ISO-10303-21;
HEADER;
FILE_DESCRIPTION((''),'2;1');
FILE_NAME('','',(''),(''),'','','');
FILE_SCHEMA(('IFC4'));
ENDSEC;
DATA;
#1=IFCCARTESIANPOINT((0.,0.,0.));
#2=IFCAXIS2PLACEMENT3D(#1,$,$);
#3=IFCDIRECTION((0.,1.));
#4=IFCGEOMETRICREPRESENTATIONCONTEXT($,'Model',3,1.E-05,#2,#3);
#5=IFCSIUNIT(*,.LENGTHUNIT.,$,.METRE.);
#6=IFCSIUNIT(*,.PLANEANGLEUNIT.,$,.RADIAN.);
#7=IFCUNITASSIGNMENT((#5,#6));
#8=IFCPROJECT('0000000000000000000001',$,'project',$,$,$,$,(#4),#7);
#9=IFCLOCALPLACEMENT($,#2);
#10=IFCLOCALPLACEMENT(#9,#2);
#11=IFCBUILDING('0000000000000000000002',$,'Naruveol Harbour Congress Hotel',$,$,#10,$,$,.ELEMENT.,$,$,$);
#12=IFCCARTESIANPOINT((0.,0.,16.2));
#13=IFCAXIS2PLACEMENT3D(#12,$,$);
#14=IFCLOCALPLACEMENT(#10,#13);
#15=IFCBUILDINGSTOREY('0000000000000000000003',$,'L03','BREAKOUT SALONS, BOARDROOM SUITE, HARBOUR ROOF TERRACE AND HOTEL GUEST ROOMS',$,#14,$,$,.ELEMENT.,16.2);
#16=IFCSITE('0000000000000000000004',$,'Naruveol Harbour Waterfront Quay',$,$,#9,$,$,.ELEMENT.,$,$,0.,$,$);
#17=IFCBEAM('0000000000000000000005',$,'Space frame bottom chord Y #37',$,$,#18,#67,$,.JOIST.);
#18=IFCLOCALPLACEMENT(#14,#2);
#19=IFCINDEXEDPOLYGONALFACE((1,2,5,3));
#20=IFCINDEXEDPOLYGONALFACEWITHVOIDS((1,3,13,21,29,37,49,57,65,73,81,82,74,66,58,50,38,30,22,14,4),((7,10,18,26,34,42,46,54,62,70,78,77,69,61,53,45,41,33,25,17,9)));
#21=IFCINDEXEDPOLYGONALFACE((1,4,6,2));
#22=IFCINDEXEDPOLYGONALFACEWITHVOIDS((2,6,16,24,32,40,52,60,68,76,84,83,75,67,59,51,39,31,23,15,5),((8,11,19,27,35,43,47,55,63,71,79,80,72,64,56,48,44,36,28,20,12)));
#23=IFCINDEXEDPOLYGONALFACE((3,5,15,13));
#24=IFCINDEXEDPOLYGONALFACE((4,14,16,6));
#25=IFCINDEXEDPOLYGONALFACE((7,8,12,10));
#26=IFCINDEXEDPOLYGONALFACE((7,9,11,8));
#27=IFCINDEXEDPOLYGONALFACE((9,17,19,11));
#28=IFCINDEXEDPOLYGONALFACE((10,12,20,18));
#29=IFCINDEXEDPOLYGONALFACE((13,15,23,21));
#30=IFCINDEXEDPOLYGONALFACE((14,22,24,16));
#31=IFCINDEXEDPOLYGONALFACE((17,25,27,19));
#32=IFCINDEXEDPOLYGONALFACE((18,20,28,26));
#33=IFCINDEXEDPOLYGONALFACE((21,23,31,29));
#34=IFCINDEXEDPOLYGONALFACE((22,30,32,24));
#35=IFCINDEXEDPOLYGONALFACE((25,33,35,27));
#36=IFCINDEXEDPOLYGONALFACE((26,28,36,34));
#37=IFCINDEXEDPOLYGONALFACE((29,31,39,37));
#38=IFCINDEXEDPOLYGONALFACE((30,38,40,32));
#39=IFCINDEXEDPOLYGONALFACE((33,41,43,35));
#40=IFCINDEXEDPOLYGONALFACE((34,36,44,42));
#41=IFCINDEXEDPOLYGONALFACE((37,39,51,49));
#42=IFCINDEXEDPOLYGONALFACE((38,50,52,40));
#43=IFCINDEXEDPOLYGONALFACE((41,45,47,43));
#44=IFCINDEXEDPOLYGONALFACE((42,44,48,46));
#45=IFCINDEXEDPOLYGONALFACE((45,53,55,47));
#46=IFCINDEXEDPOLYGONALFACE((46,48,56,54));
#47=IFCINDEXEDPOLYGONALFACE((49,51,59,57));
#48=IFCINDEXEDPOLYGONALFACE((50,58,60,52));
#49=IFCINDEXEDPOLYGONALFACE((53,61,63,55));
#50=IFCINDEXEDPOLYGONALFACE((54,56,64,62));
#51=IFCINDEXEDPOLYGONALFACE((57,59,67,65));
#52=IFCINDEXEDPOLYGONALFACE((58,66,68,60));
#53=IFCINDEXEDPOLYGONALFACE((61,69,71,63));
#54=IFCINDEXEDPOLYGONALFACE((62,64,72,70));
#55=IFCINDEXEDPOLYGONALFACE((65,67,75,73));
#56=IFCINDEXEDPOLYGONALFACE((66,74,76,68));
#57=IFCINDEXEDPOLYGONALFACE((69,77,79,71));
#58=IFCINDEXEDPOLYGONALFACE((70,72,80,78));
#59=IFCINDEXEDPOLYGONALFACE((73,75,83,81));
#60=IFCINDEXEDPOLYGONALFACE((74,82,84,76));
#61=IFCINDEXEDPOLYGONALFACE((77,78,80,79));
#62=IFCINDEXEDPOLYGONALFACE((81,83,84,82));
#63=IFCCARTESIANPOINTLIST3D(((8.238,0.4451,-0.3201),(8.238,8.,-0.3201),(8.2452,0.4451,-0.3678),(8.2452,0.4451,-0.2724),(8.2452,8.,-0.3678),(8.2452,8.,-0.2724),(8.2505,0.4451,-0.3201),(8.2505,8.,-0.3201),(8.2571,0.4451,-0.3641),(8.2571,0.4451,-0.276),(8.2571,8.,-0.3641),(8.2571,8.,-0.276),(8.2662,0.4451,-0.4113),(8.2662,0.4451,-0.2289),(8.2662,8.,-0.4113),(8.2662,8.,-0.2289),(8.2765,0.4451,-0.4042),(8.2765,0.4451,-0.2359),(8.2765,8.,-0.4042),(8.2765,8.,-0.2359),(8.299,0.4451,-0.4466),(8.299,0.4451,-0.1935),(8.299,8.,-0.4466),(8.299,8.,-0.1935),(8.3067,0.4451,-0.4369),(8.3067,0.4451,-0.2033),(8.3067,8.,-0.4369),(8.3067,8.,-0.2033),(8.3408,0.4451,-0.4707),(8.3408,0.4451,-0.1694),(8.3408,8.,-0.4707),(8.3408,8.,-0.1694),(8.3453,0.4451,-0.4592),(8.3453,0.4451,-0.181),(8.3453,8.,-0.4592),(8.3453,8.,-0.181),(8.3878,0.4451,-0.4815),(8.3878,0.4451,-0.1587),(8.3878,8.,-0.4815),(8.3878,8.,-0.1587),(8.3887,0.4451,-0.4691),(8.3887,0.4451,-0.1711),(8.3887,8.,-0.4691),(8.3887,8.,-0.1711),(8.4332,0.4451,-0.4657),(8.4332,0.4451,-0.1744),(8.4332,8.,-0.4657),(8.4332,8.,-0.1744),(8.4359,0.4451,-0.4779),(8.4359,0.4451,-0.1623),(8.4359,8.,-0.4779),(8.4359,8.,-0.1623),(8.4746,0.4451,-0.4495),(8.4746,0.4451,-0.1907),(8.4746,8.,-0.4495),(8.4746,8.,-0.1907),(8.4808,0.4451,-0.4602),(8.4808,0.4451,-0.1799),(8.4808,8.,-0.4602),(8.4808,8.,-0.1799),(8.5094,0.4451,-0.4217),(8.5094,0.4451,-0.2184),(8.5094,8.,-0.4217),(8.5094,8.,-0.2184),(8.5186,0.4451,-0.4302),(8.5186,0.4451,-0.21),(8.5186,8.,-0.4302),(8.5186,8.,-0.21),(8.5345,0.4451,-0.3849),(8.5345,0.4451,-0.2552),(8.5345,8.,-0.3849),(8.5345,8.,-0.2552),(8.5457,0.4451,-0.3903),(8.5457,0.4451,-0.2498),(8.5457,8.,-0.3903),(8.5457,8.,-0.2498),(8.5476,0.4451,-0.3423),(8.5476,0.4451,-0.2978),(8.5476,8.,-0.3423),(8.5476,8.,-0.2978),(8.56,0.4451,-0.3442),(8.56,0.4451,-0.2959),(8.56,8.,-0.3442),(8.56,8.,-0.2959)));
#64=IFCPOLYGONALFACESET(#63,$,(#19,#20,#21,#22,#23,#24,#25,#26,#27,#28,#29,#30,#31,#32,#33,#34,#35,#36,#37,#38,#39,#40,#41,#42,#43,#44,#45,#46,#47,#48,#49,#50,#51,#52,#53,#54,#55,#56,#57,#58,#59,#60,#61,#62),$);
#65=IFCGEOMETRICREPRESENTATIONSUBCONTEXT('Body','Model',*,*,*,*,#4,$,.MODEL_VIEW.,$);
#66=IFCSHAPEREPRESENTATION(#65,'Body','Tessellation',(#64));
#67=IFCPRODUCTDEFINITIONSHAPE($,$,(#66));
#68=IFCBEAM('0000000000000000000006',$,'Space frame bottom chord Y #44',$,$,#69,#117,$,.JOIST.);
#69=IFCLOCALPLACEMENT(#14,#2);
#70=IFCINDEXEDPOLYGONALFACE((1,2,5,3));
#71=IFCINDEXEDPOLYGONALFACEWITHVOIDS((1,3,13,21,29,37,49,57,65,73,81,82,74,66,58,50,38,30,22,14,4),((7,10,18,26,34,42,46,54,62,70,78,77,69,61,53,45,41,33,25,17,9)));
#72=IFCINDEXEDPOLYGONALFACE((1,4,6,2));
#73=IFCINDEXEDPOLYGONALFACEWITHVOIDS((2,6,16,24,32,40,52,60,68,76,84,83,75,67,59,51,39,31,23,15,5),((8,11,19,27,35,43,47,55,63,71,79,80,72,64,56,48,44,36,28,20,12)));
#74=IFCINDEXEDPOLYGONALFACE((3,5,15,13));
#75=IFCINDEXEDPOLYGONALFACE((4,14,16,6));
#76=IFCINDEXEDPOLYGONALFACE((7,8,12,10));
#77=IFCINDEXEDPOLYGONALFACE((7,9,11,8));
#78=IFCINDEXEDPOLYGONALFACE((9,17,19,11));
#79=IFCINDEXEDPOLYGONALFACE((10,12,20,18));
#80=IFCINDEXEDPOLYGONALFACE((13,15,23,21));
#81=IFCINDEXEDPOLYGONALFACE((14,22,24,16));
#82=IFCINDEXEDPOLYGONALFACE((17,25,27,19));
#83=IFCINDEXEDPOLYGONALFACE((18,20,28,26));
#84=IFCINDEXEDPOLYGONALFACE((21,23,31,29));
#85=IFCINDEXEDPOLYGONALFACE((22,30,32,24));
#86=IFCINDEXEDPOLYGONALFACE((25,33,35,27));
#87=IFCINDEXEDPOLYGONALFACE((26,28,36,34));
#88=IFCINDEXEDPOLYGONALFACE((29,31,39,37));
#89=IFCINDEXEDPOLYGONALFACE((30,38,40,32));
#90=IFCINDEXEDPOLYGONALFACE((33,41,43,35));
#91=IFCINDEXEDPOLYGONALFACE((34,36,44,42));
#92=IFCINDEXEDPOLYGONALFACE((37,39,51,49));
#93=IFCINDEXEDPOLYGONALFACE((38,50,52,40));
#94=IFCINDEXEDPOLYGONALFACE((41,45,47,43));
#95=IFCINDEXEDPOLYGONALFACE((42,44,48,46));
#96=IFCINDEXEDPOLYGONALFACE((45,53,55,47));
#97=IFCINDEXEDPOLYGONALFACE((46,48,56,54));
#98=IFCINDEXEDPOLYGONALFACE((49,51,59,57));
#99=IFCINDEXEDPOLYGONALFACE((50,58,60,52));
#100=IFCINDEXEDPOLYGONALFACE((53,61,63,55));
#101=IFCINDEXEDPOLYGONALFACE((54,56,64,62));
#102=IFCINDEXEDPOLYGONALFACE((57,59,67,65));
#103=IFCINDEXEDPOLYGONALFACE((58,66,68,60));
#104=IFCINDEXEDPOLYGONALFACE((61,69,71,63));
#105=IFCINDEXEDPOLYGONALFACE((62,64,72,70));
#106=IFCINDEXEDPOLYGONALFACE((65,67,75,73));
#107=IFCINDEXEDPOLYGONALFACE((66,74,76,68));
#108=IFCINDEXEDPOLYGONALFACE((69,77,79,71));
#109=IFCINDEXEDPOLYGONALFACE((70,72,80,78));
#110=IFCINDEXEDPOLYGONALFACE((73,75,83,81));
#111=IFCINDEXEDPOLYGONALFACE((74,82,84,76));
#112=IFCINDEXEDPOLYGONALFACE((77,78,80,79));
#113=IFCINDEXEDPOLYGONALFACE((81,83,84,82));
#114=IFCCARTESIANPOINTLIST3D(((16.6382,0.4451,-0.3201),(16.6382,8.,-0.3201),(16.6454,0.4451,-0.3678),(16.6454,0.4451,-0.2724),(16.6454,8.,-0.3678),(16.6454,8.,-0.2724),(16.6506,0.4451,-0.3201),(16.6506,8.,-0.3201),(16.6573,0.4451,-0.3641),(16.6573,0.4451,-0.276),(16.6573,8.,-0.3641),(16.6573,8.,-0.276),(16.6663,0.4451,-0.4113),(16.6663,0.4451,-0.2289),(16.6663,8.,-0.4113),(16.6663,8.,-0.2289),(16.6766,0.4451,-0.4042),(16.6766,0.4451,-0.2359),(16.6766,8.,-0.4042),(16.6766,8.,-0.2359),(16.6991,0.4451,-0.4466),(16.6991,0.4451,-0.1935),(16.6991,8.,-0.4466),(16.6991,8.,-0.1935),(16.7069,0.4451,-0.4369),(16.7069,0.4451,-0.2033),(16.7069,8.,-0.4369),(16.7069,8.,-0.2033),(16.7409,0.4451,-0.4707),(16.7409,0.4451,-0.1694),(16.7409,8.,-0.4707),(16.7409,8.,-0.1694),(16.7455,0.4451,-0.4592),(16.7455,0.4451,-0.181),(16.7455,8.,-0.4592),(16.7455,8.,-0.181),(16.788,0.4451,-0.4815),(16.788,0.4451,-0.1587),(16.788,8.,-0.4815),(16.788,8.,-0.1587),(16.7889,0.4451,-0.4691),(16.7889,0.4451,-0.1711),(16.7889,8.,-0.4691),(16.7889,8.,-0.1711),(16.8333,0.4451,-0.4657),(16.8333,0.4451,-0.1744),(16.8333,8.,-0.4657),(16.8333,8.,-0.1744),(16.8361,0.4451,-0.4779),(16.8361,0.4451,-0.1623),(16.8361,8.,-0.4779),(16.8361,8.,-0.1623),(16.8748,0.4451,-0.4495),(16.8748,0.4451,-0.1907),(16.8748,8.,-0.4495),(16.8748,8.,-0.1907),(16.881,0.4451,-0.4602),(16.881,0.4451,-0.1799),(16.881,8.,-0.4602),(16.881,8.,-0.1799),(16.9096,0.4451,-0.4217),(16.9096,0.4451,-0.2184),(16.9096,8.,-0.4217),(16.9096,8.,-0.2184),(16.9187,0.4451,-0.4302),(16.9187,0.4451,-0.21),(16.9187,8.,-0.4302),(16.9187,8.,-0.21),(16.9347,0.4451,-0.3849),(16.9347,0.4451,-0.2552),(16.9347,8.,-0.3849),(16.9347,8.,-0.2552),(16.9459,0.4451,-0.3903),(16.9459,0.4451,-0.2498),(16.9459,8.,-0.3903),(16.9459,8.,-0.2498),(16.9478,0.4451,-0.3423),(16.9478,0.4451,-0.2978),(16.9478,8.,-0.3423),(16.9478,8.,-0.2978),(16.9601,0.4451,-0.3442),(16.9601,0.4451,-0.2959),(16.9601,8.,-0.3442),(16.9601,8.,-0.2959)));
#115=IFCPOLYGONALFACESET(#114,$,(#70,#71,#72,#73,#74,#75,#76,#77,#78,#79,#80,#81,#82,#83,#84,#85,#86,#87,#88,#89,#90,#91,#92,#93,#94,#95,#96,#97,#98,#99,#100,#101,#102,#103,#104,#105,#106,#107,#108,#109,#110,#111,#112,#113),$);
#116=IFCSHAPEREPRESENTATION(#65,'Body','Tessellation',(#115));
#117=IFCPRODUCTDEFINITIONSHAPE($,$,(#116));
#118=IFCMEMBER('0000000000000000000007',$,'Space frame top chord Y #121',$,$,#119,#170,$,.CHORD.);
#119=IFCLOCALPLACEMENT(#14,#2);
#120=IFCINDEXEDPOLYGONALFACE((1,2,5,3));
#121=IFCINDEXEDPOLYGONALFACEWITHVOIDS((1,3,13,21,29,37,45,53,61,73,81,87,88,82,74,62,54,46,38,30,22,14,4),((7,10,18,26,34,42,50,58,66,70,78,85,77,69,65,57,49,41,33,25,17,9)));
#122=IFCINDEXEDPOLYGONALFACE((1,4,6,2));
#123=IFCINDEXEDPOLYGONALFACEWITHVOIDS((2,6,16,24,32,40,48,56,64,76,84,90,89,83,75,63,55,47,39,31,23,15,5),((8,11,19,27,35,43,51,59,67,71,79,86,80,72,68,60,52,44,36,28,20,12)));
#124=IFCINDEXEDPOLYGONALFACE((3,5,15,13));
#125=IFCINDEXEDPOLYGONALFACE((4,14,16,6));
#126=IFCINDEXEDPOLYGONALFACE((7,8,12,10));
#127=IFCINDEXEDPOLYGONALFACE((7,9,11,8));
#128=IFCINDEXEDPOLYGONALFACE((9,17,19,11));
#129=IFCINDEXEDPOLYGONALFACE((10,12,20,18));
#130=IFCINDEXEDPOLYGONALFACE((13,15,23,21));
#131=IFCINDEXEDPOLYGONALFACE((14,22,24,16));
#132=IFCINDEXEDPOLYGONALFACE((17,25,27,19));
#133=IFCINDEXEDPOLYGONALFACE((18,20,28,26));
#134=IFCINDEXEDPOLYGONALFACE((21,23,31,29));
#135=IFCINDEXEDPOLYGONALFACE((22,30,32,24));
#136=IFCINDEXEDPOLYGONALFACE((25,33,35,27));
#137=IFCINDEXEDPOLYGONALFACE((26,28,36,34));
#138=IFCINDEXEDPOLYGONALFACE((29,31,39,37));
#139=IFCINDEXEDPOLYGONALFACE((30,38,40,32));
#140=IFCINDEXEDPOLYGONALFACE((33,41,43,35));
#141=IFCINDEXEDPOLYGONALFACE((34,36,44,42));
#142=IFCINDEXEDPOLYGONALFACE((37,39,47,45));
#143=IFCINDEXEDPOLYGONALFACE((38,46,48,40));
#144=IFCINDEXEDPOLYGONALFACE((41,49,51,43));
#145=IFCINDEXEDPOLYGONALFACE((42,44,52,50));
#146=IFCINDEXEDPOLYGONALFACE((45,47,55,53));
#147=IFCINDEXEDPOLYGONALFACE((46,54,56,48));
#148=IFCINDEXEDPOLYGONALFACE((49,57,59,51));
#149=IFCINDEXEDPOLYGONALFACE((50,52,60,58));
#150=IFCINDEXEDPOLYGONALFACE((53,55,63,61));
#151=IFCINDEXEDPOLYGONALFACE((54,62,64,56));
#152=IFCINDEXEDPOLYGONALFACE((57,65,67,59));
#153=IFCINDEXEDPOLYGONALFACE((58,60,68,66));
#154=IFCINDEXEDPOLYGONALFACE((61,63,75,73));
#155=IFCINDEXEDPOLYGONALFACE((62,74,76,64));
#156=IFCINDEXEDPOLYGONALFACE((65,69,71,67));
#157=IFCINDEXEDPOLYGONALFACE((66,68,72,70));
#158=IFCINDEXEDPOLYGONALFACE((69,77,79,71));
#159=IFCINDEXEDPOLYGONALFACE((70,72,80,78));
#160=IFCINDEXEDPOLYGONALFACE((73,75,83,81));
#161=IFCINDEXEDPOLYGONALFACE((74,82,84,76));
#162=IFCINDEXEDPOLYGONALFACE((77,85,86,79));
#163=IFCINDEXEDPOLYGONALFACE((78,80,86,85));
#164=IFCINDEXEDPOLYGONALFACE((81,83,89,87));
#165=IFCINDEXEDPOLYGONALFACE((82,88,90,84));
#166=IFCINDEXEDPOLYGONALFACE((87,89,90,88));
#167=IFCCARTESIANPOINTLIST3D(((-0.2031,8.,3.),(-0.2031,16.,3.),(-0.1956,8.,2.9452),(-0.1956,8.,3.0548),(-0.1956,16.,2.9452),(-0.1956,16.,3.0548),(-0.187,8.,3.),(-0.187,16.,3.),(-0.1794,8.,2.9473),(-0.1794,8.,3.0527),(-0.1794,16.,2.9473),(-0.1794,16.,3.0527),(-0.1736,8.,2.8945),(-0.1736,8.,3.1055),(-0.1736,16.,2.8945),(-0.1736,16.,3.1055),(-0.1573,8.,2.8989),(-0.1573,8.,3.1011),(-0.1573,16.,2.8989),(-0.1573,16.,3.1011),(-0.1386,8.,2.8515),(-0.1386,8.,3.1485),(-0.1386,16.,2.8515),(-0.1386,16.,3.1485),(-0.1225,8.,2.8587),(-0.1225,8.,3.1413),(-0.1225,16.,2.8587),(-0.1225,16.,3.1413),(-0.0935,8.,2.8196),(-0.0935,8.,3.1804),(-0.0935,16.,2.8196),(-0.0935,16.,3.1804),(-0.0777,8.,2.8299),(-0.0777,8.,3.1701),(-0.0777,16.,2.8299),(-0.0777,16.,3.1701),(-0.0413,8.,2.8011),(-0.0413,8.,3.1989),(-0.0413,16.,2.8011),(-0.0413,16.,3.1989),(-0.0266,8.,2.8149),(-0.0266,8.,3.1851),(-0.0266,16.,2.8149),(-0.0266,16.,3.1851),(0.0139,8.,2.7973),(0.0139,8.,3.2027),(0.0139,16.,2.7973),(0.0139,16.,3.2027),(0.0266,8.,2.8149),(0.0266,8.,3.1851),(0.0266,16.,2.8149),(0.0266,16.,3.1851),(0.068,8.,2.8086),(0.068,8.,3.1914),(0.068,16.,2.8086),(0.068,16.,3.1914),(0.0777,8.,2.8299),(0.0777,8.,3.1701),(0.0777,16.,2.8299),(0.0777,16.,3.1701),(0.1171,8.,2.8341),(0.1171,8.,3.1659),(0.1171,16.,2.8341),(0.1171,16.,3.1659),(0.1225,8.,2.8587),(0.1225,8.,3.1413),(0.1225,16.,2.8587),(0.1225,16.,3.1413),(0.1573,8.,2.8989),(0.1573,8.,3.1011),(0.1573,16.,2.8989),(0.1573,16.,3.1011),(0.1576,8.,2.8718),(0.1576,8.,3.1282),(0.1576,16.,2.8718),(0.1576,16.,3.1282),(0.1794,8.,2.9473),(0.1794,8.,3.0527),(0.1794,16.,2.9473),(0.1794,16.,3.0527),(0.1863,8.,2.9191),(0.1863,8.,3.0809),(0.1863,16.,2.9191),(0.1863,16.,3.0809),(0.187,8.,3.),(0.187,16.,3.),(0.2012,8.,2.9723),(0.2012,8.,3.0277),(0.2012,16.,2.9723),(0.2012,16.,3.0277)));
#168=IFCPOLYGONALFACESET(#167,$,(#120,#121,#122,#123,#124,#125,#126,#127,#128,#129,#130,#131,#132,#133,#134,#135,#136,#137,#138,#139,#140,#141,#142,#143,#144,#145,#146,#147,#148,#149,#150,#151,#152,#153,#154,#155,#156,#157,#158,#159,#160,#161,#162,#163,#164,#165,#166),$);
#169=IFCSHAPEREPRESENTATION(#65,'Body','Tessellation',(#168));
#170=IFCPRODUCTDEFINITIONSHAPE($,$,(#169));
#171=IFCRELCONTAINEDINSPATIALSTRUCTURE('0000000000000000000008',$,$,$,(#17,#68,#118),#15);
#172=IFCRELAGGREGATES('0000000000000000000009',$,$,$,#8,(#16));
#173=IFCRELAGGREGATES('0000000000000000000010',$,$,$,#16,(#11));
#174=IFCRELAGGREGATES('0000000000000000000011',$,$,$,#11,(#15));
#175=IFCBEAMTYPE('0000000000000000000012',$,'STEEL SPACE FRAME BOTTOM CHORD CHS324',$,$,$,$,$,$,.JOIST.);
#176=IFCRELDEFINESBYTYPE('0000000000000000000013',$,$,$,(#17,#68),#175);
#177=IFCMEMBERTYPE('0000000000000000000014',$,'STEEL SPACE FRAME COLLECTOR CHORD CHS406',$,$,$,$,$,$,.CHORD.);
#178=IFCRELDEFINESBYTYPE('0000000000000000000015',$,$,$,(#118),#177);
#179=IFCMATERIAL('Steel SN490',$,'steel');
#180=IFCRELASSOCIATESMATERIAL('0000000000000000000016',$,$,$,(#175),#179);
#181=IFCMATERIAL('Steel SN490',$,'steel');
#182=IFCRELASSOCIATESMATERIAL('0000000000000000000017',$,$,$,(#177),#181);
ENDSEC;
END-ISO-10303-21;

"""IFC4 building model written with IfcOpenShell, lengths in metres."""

from ifc_helpers import new_model, si_unit, direction, frame, origin, origin_2d, place, context, subcontext, project, spatial, hollow_circle, extrude, material, material_profile, profile_set, type_object, element, save


model = new_model("IFC4")

# Units and contexts
model_context = context("Model", 3, precision=1e-05, world=origin(), true_north=direction((0.0, 1.0)))
body_context = subcontext(model_context, "Body", "Model", "MODEL_VIEW")
ifc_project = project(units=[si_unit("LENGTHUNIT", "METRE"), si_unit("PLANEANGLEUNIT", "RADIAN")], contexts=[model_context])

# Site, building, storey
site_placement = place(None, origin())
site = spatial("IfcSite", under=ifc_project, at=site_placement, Name="Naruveol Harbour Waterfront Quay", CompositionType="ELEMENT", RefElevation=0.0)
building_placement = place(site_placement, origin())
building = spatial("IfcBuilding", under=site, at=building_placement, Name="Naruveol Harbour Congress Hotel", CompositionType="ELEMENT")
storey_placement = place(building_placement, frame((0.0, 0.0, 16.2)))
storey = spatial("IfcBuildingStorey", under=building, at=storey_placement, Name="L03", Description="BREAKOUT SALONS, BOARDROOM SUITE, HARBOUR ROOF TERRACE AND HOTEL GUEST ROOMS", CompositionType="ELEMENT", Elevation=16.2)

# Beams
ifc_material_1 = material(Name="Steel SN490", Category="steel")
ifc_material_profile_1 = material_profile(ifc_material_1, hollow_circle(Radius=0.1619, WallThickness=0.0125, at=origin_2d()), Name="CHS-323.9x12.5")
ifc_profile_set_1 = profile_set([ifc_material_profile_1], Name="Steel SN490")
beam_type_1 = type_object("IfcBeamType", Name="STEEL SPACE FRAME BOTTOM CHORD CHS324", PredefinedType="JOIST", material=ifc_profile_set_1)
for number, where, z_axis, x_axis, name in (
    (1, (8.3999, 0.4451, -0.3201), (0.0, 1.0, 0.0), (-1.0, 0.0, 0.0), "Space frame bottom chord Y #37"),
    (2, (16.8, 0.4451, -0.3201), (0.0, 1.0, 0.0), (-1.0, 0.0, 0.0), "Space frame bottom chord Y #44"),
):
    element("IfcBeam", number, at=place(storey_placement, frame(where, z_axis=z_axis, x_axis=x_axis)), inside=storey, type_object=beam_type_1, Name=name, PredefinedType="JOIST", context=body_context, shape_type="SweptSolid", body=[
        extrude(hollow_circle(Radius=0.1619, WallThickness=0.0125, at=origin_2d()), origin(), (0.0, 0.0, 1.0), 7.5549),
    ])

# Member
ifc_material_2 = material(Name="Steel SN490", Category="steel")
ifc_material_profile_2 = material_profile(ifc_material_2, hollow_circle(Radius=0.2031, WallThickness=0.0161, at=origin_2d()), Name="CHS-406.4x16")
ifc_profile_set_2 = profile_set([ifc_material_profile_2], Name="Steel SN490")
member_type_1 = type_object("IfcMemberType", Name="STEEL SPACE FRAME COLLECTOR CHORD CHS406", PredefinedType="CHORD", material=ifc_profile_set_2)
member_1_placement = place(storey_placement, frame((0.0, 8.0, 3.0), z_axis=(0.0, 1.0, 0.0), x_axis=(-1.0, 0.0, 0.0)))
element("IfcMember", 3, at=member_1_placement, inside=storey, type_object=member_type_1, Name="Space frame top chord Y #121", PredefinedType="CHORD", context=body_context, shape_type="SweptSolid", body=[
    extrude(hollow_circle(Radius=0.2031, WallThickness=0.0161, at=origin_2d()), origin(), (0.0, 0.0, 1.0), 8.0),
])

save(model, "model.ifc")
